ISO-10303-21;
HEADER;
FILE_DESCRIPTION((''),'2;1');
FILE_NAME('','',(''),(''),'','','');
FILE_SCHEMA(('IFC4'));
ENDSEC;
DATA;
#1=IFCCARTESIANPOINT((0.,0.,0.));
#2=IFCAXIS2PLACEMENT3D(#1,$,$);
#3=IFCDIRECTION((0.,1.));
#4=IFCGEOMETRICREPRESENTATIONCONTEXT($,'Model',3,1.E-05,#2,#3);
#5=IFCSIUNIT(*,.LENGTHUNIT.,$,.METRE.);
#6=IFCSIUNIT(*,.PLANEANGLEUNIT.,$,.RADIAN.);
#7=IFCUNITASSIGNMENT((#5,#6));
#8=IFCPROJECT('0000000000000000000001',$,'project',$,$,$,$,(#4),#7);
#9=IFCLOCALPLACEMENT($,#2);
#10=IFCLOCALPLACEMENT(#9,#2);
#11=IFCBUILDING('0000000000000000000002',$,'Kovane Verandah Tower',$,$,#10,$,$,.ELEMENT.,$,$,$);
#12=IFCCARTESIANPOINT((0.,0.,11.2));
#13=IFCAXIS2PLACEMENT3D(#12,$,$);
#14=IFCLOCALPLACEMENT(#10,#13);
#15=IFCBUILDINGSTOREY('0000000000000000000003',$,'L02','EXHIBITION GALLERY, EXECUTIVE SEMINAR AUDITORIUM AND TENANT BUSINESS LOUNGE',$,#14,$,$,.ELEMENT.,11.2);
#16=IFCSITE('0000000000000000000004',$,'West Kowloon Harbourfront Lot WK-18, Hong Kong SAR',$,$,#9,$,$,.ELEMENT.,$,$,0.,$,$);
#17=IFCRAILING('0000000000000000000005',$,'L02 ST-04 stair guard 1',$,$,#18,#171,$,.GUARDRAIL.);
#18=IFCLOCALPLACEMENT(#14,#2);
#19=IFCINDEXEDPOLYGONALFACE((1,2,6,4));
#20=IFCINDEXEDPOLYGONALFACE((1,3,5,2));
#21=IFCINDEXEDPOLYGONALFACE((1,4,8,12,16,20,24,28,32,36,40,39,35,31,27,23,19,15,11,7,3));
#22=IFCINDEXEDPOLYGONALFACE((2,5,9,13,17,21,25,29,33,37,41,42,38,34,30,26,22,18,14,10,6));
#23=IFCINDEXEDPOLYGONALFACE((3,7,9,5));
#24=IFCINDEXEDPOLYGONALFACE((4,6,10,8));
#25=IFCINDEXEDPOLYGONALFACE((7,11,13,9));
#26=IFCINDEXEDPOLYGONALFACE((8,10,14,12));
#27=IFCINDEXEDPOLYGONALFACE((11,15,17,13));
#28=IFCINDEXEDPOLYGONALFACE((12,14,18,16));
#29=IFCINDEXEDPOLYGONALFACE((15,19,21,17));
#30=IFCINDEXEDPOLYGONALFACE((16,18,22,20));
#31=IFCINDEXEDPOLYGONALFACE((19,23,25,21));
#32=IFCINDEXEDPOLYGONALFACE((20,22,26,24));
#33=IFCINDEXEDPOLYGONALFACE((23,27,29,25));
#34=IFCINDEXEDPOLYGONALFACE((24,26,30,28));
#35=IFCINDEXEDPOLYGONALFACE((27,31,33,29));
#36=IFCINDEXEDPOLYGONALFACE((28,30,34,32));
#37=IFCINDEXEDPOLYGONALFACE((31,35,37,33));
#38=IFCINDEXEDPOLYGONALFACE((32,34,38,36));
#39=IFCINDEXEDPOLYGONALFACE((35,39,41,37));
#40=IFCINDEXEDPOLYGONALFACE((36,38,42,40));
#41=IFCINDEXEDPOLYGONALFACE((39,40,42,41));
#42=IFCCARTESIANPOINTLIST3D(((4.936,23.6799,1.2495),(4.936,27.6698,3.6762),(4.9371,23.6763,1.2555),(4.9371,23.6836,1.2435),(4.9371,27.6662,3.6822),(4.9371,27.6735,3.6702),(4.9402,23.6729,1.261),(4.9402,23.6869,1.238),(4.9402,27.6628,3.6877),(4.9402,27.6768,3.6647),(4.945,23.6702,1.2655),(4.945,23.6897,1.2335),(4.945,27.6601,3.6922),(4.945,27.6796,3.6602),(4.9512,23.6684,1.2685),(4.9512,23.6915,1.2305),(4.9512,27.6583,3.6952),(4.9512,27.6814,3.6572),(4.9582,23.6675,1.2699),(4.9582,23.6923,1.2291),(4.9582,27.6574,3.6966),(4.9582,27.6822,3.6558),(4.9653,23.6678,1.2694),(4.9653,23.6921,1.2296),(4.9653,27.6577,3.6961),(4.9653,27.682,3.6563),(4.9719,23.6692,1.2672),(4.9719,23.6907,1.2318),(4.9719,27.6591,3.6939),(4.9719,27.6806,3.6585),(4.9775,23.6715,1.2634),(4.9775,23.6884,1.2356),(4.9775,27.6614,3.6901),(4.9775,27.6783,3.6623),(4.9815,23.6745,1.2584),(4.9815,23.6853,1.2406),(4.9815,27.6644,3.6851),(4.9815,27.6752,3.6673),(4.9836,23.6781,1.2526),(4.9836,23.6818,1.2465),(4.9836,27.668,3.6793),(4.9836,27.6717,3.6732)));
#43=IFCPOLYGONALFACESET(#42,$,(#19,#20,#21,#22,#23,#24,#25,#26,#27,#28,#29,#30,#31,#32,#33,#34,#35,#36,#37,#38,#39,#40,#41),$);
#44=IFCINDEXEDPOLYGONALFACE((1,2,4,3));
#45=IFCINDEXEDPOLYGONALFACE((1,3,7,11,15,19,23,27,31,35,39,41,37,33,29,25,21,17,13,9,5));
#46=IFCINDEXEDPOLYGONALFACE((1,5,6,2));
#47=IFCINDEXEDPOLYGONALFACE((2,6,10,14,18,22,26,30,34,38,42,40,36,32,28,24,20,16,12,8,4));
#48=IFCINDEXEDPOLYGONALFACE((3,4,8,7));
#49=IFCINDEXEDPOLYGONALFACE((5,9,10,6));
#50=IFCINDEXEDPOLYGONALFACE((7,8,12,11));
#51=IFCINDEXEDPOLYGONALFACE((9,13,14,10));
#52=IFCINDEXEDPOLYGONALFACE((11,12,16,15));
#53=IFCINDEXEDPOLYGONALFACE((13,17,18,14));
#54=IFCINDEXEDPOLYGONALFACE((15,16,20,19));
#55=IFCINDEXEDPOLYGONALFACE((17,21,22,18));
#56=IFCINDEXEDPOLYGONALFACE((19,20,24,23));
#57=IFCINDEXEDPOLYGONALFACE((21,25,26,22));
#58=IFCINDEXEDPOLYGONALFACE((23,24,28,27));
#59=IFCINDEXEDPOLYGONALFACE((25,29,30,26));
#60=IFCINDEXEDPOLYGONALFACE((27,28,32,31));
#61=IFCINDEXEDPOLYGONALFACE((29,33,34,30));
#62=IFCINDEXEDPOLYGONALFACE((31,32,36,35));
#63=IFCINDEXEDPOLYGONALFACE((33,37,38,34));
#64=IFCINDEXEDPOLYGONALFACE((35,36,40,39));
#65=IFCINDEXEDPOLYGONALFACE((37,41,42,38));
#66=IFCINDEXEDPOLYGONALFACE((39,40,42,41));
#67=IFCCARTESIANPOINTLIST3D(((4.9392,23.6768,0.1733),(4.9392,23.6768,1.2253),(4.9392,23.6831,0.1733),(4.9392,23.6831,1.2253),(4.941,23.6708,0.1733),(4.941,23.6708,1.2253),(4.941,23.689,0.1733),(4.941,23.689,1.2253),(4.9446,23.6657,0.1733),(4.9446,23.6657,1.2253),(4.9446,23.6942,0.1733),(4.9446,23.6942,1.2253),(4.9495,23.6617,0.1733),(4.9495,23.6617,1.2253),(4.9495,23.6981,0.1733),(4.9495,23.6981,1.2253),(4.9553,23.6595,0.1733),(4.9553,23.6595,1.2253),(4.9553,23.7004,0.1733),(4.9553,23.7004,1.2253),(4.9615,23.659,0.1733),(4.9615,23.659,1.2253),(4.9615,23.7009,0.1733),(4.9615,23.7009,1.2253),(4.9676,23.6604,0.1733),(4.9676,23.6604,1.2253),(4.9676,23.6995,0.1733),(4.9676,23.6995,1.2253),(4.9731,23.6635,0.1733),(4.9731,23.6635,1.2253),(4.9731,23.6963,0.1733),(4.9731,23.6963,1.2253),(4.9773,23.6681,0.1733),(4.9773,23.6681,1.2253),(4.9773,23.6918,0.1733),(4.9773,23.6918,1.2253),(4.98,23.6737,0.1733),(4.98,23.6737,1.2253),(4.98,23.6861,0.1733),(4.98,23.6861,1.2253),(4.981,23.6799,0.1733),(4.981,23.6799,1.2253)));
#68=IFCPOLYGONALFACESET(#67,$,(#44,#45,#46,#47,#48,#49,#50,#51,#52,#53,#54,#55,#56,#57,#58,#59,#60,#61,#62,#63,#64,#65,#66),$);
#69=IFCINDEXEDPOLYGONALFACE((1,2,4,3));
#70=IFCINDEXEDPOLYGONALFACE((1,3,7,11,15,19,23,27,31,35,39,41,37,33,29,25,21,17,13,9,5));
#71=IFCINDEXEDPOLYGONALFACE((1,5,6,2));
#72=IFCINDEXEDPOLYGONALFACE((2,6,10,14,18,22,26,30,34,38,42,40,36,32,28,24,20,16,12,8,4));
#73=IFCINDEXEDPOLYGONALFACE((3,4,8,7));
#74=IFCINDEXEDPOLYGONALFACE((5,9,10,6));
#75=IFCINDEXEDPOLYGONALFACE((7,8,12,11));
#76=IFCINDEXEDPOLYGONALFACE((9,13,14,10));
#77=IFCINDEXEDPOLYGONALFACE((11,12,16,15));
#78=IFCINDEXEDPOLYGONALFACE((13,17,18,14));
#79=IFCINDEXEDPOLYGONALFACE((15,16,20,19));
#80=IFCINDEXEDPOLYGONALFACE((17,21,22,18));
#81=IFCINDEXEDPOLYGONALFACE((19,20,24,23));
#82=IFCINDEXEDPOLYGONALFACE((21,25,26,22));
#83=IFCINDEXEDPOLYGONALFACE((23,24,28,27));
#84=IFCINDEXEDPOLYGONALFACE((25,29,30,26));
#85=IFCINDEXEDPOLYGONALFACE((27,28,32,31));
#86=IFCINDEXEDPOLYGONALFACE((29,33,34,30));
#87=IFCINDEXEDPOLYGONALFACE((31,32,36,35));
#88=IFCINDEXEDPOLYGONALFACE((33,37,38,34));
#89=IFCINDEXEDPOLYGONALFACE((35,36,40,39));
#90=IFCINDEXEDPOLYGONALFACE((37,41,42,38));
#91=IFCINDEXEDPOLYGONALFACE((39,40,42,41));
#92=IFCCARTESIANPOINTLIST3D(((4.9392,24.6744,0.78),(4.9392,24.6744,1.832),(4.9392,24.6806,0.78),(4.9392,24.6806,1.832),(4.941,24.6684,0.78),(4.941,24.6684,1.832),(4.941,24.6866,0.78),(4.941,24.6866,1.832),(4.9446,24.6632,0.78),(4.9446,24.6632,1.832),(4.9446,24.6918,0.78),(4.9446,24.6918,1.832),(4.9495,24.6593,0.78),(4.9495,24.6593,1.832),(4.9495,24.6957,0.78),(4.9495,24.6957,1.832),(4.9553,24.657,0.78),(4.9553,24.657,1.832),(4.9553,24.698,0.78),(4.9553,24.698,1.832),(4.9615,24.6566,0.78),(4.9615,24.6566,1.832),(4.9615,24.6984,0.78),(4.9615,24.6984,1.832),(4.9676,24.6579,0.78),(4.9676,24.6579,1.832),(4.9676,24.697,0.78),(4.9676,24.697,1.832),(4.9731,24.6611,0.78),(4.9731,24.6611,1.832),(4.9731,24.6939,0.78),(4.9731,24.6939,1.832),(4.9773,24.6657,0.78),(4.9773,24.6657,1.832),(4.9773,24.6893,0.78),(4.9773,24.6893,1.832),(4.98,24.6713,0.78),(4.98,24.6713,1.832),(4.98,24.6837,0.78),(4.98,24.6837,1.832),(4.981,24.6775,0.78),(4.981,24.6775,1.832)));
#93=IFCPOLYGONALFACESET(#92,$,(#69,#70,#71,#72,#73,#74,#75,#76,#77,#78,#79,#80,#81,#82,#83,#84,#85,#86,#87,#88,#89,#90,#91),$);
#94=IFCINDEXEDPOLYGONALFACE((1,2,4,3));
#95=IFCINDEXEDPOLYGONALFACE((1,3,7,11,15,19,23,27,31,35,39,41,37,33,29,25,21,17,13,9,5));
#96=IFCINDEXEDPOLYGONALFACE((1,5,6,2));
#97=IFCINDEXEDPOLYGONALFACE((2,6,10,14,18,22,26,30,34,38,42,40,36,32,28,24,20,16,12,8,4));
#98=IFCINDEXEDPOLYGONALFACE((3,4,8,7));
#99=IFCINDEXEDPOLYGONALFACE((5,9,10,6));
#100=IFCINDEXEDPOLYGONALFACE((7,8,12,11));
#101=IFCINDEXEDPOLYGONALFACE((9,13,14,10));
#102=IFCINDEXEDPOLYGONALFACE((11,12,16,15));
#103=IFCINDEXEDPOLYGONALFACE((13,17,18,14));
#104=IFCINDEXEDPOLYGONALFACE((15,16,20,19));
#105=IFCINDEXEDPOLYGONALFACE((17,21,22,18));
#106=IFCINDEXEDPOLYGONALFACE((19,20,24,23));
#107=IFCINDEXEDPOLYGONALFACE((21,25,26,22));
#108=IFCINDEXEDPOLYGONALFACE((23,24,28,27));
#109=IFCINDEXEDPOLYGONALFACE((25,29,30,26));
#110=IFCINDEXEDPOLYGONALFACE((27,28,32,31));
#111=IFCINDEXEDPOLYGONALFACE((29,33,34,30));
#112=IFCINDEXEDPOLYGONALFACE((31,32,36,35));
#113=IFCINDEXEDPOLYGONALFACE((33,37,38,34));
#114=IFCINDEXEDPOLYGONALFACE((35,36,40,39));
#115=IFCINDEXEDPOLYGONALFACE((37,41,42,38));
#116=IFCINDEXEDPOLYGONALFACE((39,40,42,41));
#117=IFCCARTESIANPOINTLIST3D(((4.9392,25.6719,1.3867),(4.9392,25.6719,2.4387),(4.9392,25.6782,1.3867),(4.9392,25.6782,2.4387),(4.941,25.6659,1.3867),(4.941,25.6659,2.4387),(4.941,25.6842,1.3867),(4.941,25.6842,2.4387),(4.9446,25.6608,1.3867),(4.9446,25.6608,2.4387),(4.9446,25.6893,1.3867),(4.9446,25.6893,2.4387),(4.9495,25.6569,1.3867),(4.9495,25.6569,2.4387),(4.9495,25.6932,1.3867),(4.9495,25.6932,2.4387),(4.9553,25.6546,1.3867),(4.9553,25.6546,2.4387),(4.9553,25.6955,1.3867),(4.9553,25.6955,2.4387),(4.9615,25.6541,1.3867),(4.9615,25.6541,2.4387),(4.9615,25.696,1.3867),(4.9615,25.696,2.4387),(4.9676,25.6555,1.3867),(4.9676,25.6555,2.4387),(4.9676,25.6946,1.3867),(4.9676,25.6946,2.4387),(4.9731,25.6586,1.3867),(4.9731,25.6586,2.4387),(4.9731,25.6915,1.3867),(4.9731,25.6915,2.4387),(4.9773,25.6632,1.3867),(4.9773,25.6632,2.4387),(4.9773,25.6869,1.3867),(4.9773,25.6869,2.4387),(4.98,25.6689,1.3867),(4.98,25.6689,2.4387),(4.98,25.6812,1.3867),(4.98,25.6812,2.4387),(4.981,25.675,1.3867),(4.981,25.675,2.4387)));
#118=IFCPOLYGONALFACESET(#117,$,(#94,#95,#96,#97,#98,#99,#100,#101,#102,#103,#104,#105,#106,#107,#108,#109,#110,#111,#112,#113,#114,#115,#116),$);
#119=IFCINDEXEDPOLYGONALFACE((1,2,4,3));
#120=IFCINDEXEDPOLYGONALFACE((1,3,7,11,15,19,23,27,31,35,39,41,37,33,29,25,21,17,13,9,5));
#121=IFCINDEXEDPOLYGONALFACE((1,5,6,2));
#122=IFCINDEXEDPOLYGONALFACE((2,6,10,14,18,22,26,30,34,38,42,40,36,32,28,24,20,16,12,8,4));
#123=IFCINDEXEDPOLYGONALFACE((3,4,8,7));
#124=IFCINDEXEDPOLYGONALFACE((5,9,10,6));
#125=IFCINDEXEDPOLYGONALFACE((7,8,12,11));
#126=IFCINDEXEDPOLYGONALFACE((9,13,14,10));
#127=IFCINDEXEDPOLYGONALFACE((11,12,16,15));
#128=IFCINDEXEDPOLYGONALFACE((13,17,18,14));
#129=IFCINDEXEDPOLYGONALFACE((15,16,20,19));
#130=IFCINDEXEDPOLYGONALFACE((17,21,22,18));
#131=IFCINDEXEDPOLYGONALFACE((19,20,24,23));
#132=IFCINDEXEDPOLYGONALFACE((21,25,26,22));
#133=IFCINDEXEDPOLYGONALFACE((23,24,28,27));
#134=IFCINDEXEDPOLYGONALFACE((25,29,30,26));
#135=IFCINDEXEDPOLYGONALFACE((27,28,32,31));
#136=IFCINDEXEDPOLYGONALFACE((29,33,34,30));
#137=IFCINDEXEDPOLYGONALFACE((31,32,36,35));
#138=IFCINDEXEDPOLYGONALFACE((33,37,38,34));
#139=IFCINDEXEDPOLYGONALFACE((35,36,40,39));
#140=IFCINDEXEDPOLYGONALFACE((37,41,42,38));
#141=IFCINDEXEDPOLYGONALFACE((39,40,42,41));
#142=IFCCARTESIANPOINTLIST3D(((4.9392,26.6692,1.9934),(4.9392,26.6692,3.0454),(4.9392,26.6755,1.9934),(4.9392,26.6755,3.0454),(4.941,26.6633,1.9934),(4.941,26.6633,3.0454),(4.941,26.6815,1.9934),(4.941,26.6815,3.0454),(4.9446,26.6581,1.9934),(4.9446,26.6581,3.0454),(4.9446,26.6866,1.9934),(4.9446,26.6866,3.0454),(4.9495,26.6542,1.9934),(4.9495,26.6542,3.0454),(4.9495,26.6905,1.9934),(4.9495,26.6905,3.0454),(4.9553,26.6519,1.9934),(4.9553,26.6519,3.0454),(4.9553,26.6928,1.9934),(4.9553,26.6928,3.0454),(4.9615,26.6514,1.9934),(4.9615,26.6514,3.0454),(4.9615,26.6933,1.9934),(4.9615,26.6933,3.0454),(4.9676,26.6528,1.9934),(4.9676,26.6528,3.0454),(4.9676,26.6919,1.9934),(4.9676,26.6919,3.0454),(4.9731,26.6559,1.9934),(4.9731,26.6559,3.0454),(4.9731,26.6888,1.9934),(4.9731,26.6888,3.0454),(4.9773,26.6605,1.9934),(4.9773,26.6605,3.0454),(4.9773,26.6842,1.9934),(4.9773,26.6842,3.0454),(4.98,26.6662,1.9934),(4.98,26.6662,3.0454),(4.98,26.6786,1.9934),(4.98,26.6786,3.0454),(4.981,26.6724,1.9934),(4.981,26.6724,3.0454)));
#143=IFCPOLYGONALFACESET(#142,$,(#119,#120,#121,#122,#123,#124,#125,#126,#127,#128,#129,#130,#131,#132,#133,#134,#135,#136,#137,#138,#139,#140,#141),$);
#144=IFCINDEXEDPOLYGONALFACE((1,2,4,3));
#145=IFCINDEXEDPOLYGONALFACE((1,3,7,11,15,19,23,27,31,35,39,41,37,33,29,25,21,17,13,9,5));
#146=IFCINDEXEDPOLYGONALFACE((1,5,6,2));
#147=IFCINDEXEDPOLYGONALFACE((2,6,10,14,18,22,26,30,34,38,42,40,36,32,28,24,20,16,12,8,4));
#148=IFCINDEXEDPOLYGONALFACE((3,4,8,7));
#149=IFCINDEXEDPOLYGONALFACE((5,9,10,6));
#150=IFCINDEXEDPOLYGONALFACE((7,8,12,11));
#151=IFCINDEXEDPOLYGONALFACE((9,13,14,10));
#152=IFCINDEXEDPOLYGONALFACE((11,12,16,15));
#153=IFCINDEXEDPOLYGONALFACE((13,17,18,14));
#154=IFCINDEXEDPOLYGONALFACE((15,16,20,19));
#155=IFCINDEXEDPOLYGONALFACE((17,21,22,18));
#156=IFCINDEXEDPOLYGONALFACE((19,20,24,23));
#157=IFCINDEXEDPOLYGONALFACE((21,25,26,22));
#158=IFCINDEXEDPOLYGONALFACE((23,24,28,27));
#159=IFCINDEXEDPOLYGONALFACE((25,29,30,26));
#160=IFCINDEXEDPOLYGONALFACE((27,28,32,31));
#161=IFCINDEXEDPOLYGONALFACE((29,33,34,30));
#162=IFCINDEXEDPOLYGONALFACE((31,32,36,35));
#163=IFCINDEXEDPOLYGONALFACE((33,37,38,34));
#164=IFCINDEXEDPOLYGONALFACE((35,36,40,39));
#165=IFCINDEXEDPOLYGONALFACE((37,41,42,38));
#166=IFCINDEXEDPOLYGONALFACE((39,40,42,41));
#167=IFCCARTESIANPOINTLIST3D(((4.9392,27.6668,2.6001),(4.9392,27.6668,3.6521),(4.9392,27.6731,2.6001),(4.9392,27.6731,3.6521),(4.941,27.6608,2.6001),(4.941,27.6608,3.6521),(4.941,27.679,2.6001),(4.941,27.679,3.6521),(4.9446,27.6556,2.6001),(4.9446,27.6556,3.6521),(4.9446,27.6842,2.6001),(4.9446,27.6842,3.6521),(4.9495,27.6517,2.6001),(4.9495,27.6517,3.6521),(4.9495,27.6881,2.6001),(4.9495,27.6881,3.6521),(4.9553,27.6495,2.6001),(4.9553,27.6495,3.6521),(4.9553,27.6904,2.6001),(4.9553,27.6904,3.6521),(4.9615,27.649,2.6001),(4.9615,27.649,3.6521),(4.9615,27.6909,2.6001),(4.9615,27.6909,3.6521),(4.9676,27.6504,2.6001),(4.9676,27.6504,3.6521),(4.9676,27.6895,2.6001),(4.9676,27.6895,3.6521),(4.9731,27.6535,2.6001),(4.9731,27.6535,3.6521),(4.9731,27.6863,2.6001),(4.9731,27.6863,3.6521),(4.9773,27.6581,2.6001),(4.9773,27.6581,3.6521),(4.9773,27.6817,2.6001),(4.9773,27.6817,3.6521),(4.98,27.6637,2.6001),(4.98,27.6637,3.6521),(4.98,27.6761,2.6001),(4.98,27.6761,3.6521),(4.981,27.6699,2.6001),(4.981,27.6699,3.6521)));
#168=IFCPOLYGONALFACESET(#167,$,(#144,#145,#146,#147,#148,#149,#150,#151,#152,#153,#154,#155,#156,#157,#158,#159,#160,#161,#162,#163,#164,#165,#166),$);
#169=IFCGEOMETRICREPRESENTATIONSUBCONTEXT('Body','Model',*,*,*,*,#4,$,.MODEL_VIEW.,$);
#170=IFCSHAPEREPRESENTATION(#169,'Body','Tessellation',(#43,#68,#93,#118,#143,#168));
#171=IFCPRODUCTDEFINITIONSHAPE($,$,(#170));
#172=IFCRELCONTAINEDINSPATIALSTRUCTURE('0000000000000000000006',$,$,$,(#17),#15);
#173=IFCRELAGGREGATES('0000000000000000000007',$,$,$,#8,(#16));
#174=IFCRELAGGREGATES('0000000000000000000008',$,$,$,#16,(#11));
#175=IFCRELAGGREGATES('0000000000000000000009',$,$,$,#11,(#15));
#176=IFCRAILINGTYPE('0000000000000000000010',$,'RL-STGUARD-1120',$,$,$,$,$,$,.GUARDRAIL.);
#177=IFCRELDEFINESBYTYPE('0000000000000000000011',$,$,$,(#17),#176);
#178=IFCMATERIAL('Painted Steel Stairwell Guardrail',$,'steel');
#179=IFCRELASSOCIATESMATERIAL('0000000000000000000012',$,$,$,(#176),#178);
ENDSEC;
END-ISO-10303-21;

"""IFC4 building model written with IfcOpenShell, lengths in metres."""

from ifc_helpers import new_model, si_unit, direction, frame, origin, origin_2d, place, context, subcontext, project, spatial, circle, extrude, material, type_object, element, save


model = new_model("IFC4")

# Units and contexts
model_context = context("Model", 3, precision=1e-05, world=origin(), true_north=direction((0.0, 1.0)))
body_context = subcontext(model_context, "Body", "Model", "MODEL_VIEW")
ifc_project = project(units=[si_unit("LENGTHUNIT", "METRE"), si_unit("PLANEANGLEUNIT", "RADIAN")], contexts=[model_context])

# Site, building, storey
site_placement = place(None, origin())
site = spatial("IfcSite", under=ifc_project, at=site_placement, Name="West Kowloon Harbourfront Lot WK-18, Hong Kong SAR", CompositionType="ELEMENT", RefElevation=0.0)
building_placement = place(site_placement, origin())
building = spatial("IfcBuilding", under=site, at=building_placement, Name="Kovane Verandah Tower", CompositionType="ELEMENT")
storey_placement = place(building_placement, frame((0.0, 0.0, 11.2)))
storey = spatial("IfcBuildingStorey", under=building, at=storey_placement, Name="L02", Description="EXHIBITION GALLERY, EXECUTIVE SEMINAR AUDITORIUM AND TENANT BUSINESS LOUNGE", CompositionType="ELEMENT", Elevation=11.2)

# Railing
ifc_material_1 = material(Name="Painted Steel Stairwell Guardrail", Category="steel")
railing_type_1 = type_object("IfcRailingType", Name="RL-STGUARD-1120", PredefinedType="GUARDRAIL", material=ifc_material_1)
railing_1_placement = place(storey_placement, frame((4.96, 23.6799, 0.1733)))
element("IfcRailing", 1, at=railing_1_placement, inside=storey, type_object=railing_type_1, Name="L02 ST-04 stair guard 1", PredefinedType="GUARDRAIL", context=body_context, shape_type="SweptSolid", body=[
    extrude(circle(Radius=0.0239, at=origin_2d()), frame((0.0, 0.0, 1.0762), z_axis=(0.0, 0.854382, 0.519645), x_axis=(-1.0, 0.0, 0.0)), (0.0, 0.0, 1.0), 4.6699),
    extrude(circle(Radius=0.021, at=origin_2d()), origin(), (0.0, 0.0, 1.0), 1.052),
    extrude(circle(Radius=0.021, at=origin_2d()), frame((0.0, 0.9976, 0.6067)), (0.0, 0.0, 1.0), 1.052),
    extrude(circle(Radius=0.021, at=origin_2d()), frame((0.0, 1.9951, 1.2134)), (0.0, 0.0, 1.0), 1.052),
    extrude(circle(Radius=0.021, at=origin_2d()), frame((0.0, 2.9924, 1.8201)), (0.0, 0.0, 1.0), 1.052),
    extrude(circle(Radius=0.021, at=origin_2d()), frame((0.0, 3.99, 2.4268)), (0.0, 0.0, 1.0), 1.052),
])

save(model, "model.ifc")
